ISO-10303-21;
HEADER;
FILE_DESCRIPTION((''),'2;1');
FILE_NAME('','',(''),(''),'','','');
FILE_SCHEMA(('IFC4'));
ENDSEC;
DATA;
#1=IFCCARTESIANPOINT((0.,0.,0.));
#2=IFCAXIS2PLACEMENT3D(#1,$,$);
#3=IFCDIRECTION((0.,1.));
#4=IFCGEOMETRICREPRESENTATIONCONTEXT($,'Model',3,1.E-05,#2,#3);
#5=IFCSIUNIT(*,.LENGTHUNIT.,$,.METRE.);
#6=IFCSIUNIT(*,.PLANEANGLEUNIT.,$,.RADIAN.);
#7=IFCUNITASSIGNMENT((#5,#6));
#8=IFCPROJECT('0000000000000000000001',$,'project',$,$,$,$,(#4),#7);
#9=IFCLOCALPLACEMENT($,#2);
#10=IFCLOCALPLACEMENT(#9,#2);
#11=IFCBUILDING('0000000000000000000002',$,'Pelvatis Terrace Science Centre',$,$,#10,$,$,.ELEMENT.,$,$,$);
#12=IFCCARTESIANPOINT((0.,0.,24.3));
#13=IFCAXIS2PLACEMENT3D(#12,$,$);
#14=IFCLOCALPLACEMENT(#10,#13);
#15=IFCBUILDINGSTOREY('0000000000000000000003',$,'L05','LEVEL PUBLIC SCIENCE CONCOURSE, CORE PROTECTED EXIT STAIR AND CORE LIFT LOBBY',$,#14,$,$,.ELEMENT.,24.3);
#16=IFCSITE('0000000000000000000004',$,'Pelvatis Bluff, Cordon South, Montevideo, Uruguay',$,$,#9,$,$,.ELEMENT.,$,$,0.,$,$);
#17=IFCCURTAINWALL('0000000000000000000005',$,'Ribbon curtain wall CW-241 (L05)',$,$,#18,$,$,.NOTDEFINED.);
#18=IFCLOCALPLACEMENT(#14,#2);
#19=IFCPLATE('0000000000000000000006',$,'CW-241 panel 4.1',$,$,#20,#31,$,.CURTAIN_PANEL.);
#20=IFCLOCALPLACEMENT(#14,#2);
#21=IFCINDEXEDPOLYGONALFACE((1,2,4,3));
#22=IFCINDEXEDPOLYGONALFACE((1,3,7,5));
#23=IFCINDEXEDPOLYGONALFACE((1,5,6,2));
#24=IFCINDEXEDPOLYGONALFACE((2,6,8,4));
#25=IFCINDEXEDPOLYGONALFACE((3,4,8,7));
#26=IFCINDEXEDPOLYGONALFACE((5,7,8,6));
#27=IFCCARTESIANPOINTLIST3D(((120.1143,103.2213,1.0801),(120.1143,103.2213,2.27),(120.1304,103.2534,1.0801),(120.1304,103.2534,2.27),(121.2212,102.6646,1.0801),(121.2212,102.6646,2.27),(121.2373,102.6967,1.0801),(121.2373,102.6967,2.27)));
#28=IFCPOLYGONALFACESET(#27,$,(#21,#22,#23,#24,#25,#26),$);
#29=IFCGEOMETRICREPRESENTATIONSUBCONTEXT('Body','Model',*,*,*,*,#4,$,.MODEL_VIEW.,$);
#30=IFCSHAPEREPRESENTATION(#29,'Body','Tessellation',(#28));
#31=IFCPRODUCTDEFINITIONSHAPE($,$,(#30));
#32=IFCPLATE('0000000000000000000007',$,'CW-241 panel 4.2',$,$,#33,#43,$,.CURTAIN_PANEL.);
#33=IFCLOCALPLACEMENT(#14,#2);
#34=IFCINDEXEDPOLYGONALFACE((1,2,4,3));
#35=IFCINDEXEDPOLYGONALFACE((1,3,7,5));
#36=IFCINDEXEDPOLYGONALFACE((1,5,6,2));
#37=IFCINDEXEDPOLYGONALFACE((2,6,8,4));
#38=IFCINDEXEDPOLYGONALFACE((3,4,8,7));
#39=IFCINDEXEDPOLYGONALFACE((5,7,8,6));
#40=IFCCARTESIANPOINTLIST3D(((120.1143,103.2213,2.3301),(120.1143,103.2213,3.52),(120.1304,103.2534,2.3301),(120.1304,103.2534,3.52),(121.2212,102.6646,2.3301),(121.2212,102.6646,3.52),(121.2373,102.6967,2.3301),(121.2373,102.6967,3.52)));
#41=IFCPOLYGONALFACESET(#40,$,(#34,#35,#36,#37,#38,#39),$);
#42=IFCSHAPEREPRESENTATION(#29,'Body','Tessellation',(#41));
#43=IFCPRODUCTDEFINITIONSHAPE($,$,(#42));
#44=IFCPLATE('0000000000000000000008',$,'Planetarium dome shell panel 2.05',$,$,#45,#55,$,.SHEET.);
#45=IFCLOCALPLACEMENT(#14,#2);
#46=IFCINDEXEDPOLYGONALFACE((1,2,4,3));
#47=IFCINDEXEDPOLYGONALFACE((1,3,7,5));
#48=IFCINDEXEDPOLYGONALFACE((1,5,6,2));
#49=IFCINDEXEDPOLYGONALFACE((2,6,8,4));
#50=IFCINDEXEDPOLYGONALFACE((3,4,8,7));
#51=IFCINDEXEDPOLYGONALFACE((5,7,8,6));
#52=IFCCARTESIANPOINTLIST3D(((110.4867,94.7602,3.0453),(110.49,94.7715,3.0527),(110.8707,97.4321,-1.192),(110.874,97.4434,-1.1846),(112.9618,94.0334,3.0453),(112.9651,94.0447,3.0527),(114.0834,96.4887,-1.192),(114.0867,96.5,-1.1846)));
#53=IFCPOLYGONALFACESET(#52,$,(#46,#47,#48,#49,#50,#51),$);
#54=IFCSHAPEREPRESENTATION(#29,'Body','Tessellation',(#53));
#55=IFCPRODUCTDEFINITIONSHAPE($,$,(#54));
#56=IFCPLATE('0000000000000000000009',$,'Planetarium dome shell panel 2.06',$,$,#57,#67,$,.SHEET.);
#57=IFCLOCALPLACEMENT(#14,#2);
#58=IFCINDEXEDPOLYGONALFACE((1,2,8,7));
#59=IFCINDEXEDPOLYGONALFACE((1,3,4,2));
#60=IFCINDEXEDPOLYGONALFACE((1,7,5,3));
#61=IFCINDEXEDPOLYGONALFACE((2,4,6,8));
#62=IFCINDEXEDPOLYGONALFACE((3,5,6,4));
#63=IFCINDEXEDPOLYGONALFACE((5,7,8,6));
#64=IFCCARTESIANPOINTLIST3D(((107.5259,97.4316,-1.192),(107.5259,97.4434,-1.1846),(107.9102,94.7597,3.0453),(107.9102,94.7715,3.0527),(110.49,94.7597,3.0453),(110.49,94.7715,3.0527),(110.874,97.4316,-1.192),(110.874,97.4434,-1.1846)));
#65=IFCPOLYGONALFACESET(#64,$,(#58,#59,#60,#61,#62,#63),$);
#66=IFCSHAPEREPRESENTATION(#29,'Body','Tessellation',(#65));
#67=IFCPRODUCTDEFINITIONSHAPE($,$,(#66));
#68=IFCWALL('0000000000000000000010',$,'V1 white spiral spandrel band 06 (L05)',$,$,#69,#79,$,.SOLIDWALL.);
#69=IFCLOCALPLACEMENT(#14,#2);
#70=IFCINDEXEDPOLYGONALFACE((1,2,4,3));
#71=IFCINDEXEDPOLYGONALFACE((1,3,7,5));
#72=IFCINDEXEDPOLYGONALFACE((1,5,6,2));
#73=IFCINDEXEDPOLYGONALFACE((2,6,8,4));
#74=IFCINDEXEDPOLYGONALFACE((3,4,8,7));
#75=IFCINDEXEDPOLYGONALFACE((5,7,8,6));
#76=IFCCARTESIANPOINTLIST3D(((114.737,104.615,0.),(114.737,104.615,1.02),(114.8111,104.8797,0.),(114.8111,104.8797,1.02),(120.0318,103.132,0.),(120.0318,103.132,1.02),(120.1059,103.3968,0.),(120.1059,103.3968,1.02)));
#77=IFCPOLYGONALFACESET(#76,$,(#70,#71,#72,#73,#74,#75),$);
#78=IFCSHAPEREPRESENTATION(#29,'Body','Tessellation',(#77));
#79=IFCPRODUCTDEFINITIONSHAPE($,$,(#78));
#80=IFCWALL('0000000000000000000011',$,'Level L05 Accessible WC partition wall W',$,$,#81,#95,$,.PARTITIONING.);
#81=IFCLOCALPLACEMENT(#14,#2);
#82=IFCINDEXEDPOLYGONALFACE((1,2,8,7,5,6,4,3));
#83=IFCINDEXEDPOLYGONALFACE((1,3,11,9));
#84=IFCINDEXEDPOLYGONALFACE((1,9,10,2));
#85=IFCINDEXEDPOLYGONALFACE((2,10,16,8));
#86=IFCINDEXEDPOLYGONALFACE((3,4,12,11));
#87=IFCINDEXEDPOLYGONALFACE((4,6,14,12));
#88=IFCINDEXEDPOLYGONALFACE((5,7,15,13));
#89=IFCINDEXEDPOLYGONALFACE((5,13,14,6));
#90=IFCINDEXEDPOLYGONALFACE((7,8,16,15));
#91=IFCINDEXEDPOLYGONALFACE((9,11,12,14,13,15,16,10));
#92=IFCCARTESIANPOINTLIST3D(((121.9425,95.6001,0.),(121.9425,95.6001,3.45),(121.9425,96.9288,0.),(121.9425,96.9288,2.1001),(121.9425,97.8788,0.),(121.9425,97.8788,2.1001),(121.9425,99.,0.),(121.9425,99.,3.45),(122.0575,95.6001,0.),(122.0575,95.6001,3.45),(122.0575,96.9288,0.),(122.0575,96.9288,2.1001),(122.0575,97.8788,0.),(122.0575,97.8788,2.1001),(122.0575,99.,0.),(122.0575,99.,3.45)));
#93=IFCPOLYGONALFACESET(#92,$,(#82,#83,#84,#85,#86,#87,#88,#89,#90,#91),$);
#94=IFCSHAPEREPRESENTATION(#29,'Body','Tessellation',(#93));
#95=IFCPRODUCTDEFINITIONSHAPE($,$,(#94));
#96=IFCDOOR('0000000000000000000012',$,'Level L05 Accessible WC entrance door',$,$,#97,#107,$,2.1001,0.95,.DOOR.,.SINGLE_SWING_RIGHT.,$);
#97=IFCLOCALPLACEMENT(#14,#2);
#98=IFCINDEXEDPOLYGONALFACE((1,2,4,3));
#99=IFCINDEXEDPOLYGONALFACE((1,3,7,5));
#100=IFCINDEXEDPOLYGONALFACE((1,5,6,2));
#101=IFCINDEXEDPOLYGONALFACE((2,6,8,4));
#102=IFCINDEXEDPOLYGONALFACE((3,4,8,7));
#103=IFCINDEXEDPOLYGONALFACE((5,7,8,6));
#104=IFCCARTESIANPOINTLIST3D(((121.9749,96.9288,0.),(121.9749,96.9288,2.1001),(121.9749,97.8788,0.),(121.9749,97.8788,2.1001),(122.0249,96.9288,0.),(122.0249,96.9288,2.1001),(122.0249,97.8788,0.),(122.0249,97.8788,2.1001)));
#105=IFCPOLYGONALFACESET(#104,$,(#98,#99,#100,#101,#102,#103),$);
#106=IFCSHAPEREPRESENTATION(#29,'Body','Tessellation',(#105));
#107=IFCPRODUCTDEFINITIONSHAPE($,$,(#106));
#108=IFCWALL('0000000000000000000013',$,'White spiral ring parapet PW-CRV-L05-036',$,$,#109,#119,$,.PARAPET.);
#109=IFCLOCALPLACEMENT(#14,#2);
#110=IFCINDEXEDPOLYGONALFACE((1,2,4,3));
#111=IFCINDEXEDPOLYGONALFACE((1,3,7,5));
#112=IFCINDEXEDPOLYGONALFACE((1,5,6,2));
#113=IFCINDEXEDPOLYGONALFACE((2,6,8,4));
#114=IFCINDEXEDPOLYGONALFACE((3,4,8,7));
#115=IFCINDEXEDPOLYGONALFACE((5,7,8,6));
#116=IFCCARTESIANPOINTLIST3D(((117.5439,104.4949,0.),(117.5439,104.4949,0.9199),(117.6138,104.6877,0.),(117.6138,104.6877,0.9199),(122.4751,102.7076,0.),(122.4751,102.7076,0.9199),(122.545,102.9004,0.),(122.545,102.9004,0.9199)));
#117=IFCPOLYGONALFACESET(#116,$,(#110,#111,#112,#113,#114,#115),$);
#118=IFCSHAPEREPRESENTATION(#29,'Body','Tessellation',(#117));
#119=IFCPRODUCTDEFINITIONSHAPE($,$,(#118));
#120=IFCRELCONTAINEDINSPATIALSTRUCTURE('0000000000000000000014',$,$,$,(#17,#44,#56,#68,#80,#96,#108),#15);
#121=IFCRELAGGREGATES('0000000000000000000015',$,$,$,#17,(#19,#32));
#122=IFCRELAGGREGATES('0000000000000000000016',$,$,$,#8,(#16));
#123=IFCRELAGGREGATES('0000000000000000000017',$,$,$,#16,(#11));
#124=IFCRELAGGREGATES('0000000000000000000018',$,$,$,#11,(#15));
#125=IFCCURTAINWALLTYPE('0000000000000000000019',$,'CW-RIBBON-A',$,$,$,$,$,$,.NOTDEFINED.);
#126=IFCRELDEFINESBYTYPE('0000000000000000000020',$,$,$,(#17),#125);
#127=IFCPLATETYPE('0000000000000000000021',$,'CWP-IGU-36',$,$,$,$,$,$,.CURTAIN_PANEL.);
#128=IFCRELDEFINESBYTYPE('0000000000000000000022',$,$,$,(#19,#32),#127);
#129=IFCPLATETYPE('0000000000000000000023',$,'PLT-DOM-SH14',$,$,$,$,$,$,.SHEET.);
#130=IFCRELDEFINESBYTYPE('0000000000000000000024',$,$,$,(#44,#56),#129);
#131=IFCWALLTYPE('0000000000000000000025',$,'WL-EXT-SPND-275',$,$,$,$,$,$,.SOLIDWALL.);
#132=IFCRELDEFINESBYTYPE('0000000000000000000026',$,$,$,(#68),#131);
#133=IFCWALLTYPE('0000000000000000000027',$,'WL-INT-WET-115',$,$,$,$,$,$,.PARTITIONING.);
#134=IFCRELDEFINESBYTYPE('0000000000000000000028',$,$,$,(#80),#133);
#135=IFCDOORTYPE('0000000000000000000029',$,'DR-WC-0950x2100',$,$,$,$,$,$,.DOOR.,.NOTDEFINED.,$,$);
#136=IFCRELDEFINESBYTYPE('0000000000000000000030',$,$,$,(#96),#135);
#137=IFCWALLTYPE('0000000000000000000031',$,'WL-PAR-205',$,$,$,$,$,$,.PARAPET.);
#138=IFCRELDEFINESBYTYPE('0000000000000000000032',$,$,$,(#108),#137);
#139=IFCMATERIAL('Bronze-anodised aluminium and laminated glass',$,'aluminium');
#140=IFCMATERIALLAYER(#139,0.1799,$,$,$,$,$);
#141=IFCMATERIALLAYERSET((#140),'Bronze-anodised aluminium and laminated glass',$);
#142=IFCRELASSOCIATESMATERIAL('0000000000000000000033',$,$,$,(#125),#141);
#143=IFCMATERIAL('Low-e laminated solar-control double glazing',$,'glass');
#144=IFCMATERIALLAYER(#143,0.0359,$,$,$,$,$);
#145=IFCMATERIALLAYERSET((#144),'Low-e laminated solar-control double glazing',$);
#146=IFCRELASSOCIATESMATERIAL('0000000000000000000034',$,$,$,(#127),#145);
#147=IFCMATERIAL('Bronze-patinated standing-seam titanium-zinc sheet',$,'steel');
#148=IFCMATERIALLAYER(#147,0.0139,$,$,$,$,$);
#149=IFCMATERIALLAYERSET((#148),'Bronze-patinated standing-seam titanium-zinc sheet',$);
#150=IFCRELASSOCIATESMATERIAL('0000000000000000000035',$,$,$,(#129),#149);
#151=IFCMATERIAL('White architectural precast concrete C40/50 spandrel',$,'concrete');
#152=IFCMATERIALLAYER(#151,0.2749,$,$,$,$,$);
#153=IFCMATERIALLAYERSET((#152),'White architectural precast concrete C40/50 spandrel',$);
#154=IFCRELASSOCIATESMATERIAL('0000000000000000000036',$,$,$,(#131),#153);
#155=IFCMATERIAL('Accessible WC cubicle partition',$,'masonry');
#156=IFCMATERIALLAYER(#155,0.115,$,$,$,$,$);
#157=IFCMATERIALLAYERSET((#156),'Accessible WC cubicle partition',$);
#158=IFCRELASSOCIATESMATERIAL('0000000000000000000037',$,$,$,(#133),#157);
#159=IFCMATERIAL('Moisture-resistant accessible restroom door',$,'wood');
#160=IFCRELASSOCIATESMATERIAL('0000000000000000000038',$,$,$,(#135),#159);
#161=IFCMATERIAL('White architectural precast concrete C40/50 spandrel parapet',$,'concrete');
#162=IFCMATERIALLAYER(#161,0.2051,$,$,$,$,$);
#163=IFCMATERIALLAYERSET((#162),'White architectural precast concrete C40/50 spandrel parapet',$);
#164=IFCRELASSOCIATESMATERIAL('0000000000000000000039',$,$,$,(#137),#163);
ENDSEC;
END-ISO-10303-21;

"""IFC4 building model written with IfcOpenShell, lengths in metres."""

from ifc_helpers import new_model, si_unit, direction, frame, frame_2d, origin, origin_2d, place, context, subcontext, project, spatial, polyline, rectangle, outline, extrude, material, layer, layer_set, type_object, element, fill, aggregate, save


model = new_model("IFC4")

# Units and contexts
model_context = context("Model", 3, precision=1e-05, world=origin(), true_north=direction((0.0, 1.0)))
body_context = subcontext(model_context, "Body", "Model", "MODEL_VIEW")
ifc_project = project(units=[si_unit("LENGTHUNIT", "METRE"), si_unit("PLANEANGLEUNIT", "RADIAN")], contexts=[model_context])

# Site, building, storey
site_placement = place(None, origin())
site = spatial("IfcSite", under=ifc_project, at=site_placement, Name="Pelvatis Bluff, Cordon South, Montevideo, Uruguay", CompositionType="ELEMENT", RefElevation=0.0)
building_placement = place(site_placement, origin())
building = spatial("IfcBuilding", under=site, at=building_placement, Name="Pelvatis Terrace Science Centre", CompositionType="ELEMENT")
storey_placement = place(building_placement, frame((0.0, 0.0, 24.3)))
storey = spatial("IfcBuildingStorey", under=building, at=storey_placement, Name="L05", Description="LEVEL PUBLIC SCIENCE CONCOURSE, CORE PROTECTED EXIT STAIR AND CORE LIFT LOBBY", CompositionType="ELEMENT", Elevation=24.3)

# Curtain wall
ifc_material_1 = material(Name="Bronze-anodised aluminium and laminated glass", Category="aluminium")
ifc_layer_1 = layer(ifc_material_1, 0.1799)
ifc_layer_set_1 = layer_set([ifc_layer_1], Name="Bronze-anodised aluminium and laminated glass")
curtain_wall_type = type_object("IfcCurtainWallType", Name="CW-RIBBON-A", PredefinedType="NOTDEFINED", material=ifc_layer_set_1)
curtain_wall_1_placement = place(storey_placement, origin())
curtain_wall_1 = element("IfcCurtainWall", 1, at=curtain_wall_1_placement, inside=storey, type_object=curtain_wall_type, Name="Ribbon curtain wall CW-241 (L05)", PredefinedType="NOTDEFINED")

# Plates
ifc_material_2 = material(Name="Low-e laminated solar-control double glazing", Category="glass")
ifc_layer_2 = layer(ifc_material_2, 0.0359)
ifc_layer_set_2 = layer_set([ifc_layer_2], Name="Low-e laminated solar-control double glazing")
plate_type_1 = type_object("IfcPlateType", Name="CWP-IGU-36", PredefinedType="CURTAIN_PANEL", material=ifc_layer_set_2)
plate_1_placement = place(storey_placement, frame((120.6758, 102.959, 1.0801), z_axis=(0.0, 0.0, 1.0), x_axis=(-0.893379, 0.449304, 0.0)))
plate_1 = element("IfcPlate", 2, at=plate_1_placement, type_object=plate_type_1, Name="CW-241 panel 4.1", PredefinedType="CURTAIN_PANEL", context=body_context, shape_type="SweptSolid", body=[
    extrude(rectangle(XDim=1.239, YDim=0.0359, at=origin_2d()), origin(), (0.0, 0.0, 1.0), 1.1899),
])
plate_2_placement = place(storey_placement, frame((120.6758, 102.959, 2.3301), z_axis=(0.0, 0.0, 1.0), x_axis=(-0.893379, 0.449304, 0.0)))
plate_2 = element("IfcPlate", 3, at=plate_2_placement, type_object=plate_type_1, Name="CW-241 panel 4.2", PredefinedType="CURTAIN_PANEL", context=body_context, shape_type="SweptSolid", body=[
    extrude(rectangle(XDim=1.239, YDim=0.0359, at=origin_2d()), origin(), (0.0, 0.0, 1.0), 1.1899),
])
aggregate(curtain_wall_1, [plate_1, plate_2])

# Plates
ifc_material_3 = material(Name="Bronze-patinated standing-seam titanium-zinc sheet", Category="steel")
ifc_layer_3 = layer(ifc_material_3, 0.0139)
ifc_layer_set_3 = layer_set([ifc_layer_3], Name="Bronze-patinated standing-seam titanium-zinc sheet")
plate_type_2 = type_object("IfcPlateType", Name="PLT-DOM-SH14", PredefinedType="SHEET", material=ifc_layer_set_3)
plate_3_placement = place(storey_placement, frame((114.0867, 96.5, -1.1846), z_axis=(0.238324, 0.811613, 0.533372), x_axis=(-0.959489, 0.281746, 0.000002)))
element("IfcPlate", 4, at=plate_3_placement, inside=storey, type_object=plate_type_2, Name="Planetarium dome shell panel 2.05", PredefinedType="SHEET", context=body_context, shape_type="SweptSolid", body=[
    extrude(outline(polyline([(0.0, 0.0), (3.3483, 0.0), (2.964, 5.0093), (0.3844, 5.0093), (0.0, 0.0)])), origin(), (0.0, 0.0, -1.0), 0.0139),
])
plate_4_placement = place(storey_placement, frame((110.874, 97.4434, -1.1846), z_axis=(0.0, 0.845878, 0.533377), x_axis=(-1.0, 0.0, 0.0)))
element("IfcPlate", 5, at=plate_4_placement, inside=storey, type_object=plate_type_2, Name="Planetarium dome shell panel 2.06", PredefinedType="SHEET", context=body_context, shape_type="SweptSolid", body=[
    extrude(outline(polyline([(0.0, 0.0), (3.3481, 0.0), (2.9639, 5.0094), (0.384, 5.0094), (0.0, 0.0)])), origin(), (0.0, 0.0, -1.0), 0.0139),
])

# Wall
ifc_material_4 = material(Name="White architectural precast concrete C40/50 spandrel", Category="concrete")
ifc_layer_4 = layer(ifc_material_4, 0.2749)
ifc_layer_set_4 = layer_set([ifc_layer_4], Name="White architectural precast concrete C40/50 spandrel")
wall_type_1 = type_object("IfcWallType", Name="WL-EXT-SPND-275", PredefinedType="SOLIDWALL", material=ifc_layer_set_4)
wall_1_placement = place(storey_placement, frame((120.0688, 103.2644, 0.0), z_axis=(0.0, 0.0, 1.0), x_axis=(-0.962945, 0.269697, 0.0)))
element("IfcWall", 6, at=wall_1_placement, inside=storey, type_object=wall_type_1, Name="V1 white spiral spandrel band 06 (L05)", PredefinedType="SOLIDWALL", context=body_context, shape_type="SweptSolid", body=[
    extrude(rectangle(XDim=5.4985, YDim=0.2749, at=frame_2d((2.7493, 0.0))), origin(), (0.0, 0.0, 1.0), 1.02),
])

# Wall, opening, door
ifc_material_5 = material(Name="Accessible WC cubicle partition", Category="masonry")
ifc_layer_5 = layer(ifc_material_5, 0.115)
ifc_layer_set_5 = layer_set([ifc_layer_5], Name="Accessible WC cubicle partition")
wall_type_2 = type_object("IfcWallType", Name="WL-INT-WET-115", PredefinedType="PARTITIONING", material=ifc_layer_set_5)
wall_2_placement = place(storey_placement, frame((122.0, 99.0, 0.0), z_axis=(0.0, 0.0, 1.0), x_axis=(0.0, -1.0, 0.0)))
wall_2 = element("IfcWall", 7, at=wall_2_placement, inside=storey, type_object=wall_type_2, Name="Level L05 Accessible WC partition wall W", PredefinedType="PARTITIONING", context=body_context, shape_type="SweptSolid", body=[
    extrude(rectangle(XDim=3.3999, YDim=0.115, at=frame_2d((1.7, 0.0))), origin(), (0.0, 0.0, 1.0), 3.45),
])
opening_placement = place(wall_2_placement, frame((1.1211, 0.0, 0.0)))
opening = element("IfcOpeningElement", 8, at=opening_placement, cuts=wall_2, PredefinedType="OPENING", context=body_context, shape_type="SweptSolid", body=[
    extrude(rectangle(XDim=0.95, YDim=2.1001, at=frame_2d((0.4751, 1.05))), frame((0.0, 0.0674, 0.0), z_axis=(0.0, -1.0, 0.0), x_axis=(1.0, 0.0, 0.0)), (0.0, 0.0, 1.0), 0.135),
])
ifc_material_6 = material(Name="Moisture-resistant accessible restroom door", Category="wood")
door_type = type_object("IfcDoorType", Name="DR-WC-0950x2100", OperationType="NOTDEFINED", PredefinedType="DOOR", material=ifc_material_6)
door_placement = place(opening_placement, origin())
door = element("IfcDoor", 9, at=door_placement, inside=storey, type_object=door_type, Name="Level L05 Accessible WC entrance door", OperationType="SINGLE_SWING_RIGHT", OverallHeight=2.1001, OverallWidth=0.95, PredefinedType="DOOR", context=body_context, shape_type="SweptSolid", body=[
    extrude(rectangle(XDim=0.95, YDim=2.1001, at=frame_2d((0.4751, 1.05))), frame((0.0, 0.0249, 0.0), z_axis=(0.0, -1.0, 0.0), x_axis=(1.0, 0.0, 0.0)), (0.0, 0.0, 1.0), 0.05),
])
fill(opening, door)

# Wall
ifc_material_7 = material(Name="White architectural precast concrete C40/50 spandrel parapet", Category="concrete")
ifc_layer_6 = layer(ifc_material_7, 0.2051)
ifc_layer_set_6 = layer_set([ifc_layer_6], Name="White architectural precast concrete C40/50 spandrel parapet")
wall_type_3 = type_object("IfcWallType", Name="WL-PAR-205", PredefinedType="PARAPET", material=ifc_layer_set_6)
wall_3_placement = place(storey_placement, frame((122.51, 102.804, 0.0), z_axis=(0.0, 0.0, 1.0), x_axis=(-0.940148, 0.340767, 0.0)))
element("IfcWall", 10, at=wall_3_placement, inside=storey, type_object=wall_type_3, Name="White spiral ring parapet PW-CRV-L05-036", PredefinedType="PARAPET", context=body_context, shape_type="SweptSolid", body=[
    extrude(rectangle(XDim=5.2451, YDim=0.2051, at=frame_2d((2.6226, 0.0))), origin(), (0.0, 0.0, 1.0), 0.9199),
])

save(model, "model.ifc")
